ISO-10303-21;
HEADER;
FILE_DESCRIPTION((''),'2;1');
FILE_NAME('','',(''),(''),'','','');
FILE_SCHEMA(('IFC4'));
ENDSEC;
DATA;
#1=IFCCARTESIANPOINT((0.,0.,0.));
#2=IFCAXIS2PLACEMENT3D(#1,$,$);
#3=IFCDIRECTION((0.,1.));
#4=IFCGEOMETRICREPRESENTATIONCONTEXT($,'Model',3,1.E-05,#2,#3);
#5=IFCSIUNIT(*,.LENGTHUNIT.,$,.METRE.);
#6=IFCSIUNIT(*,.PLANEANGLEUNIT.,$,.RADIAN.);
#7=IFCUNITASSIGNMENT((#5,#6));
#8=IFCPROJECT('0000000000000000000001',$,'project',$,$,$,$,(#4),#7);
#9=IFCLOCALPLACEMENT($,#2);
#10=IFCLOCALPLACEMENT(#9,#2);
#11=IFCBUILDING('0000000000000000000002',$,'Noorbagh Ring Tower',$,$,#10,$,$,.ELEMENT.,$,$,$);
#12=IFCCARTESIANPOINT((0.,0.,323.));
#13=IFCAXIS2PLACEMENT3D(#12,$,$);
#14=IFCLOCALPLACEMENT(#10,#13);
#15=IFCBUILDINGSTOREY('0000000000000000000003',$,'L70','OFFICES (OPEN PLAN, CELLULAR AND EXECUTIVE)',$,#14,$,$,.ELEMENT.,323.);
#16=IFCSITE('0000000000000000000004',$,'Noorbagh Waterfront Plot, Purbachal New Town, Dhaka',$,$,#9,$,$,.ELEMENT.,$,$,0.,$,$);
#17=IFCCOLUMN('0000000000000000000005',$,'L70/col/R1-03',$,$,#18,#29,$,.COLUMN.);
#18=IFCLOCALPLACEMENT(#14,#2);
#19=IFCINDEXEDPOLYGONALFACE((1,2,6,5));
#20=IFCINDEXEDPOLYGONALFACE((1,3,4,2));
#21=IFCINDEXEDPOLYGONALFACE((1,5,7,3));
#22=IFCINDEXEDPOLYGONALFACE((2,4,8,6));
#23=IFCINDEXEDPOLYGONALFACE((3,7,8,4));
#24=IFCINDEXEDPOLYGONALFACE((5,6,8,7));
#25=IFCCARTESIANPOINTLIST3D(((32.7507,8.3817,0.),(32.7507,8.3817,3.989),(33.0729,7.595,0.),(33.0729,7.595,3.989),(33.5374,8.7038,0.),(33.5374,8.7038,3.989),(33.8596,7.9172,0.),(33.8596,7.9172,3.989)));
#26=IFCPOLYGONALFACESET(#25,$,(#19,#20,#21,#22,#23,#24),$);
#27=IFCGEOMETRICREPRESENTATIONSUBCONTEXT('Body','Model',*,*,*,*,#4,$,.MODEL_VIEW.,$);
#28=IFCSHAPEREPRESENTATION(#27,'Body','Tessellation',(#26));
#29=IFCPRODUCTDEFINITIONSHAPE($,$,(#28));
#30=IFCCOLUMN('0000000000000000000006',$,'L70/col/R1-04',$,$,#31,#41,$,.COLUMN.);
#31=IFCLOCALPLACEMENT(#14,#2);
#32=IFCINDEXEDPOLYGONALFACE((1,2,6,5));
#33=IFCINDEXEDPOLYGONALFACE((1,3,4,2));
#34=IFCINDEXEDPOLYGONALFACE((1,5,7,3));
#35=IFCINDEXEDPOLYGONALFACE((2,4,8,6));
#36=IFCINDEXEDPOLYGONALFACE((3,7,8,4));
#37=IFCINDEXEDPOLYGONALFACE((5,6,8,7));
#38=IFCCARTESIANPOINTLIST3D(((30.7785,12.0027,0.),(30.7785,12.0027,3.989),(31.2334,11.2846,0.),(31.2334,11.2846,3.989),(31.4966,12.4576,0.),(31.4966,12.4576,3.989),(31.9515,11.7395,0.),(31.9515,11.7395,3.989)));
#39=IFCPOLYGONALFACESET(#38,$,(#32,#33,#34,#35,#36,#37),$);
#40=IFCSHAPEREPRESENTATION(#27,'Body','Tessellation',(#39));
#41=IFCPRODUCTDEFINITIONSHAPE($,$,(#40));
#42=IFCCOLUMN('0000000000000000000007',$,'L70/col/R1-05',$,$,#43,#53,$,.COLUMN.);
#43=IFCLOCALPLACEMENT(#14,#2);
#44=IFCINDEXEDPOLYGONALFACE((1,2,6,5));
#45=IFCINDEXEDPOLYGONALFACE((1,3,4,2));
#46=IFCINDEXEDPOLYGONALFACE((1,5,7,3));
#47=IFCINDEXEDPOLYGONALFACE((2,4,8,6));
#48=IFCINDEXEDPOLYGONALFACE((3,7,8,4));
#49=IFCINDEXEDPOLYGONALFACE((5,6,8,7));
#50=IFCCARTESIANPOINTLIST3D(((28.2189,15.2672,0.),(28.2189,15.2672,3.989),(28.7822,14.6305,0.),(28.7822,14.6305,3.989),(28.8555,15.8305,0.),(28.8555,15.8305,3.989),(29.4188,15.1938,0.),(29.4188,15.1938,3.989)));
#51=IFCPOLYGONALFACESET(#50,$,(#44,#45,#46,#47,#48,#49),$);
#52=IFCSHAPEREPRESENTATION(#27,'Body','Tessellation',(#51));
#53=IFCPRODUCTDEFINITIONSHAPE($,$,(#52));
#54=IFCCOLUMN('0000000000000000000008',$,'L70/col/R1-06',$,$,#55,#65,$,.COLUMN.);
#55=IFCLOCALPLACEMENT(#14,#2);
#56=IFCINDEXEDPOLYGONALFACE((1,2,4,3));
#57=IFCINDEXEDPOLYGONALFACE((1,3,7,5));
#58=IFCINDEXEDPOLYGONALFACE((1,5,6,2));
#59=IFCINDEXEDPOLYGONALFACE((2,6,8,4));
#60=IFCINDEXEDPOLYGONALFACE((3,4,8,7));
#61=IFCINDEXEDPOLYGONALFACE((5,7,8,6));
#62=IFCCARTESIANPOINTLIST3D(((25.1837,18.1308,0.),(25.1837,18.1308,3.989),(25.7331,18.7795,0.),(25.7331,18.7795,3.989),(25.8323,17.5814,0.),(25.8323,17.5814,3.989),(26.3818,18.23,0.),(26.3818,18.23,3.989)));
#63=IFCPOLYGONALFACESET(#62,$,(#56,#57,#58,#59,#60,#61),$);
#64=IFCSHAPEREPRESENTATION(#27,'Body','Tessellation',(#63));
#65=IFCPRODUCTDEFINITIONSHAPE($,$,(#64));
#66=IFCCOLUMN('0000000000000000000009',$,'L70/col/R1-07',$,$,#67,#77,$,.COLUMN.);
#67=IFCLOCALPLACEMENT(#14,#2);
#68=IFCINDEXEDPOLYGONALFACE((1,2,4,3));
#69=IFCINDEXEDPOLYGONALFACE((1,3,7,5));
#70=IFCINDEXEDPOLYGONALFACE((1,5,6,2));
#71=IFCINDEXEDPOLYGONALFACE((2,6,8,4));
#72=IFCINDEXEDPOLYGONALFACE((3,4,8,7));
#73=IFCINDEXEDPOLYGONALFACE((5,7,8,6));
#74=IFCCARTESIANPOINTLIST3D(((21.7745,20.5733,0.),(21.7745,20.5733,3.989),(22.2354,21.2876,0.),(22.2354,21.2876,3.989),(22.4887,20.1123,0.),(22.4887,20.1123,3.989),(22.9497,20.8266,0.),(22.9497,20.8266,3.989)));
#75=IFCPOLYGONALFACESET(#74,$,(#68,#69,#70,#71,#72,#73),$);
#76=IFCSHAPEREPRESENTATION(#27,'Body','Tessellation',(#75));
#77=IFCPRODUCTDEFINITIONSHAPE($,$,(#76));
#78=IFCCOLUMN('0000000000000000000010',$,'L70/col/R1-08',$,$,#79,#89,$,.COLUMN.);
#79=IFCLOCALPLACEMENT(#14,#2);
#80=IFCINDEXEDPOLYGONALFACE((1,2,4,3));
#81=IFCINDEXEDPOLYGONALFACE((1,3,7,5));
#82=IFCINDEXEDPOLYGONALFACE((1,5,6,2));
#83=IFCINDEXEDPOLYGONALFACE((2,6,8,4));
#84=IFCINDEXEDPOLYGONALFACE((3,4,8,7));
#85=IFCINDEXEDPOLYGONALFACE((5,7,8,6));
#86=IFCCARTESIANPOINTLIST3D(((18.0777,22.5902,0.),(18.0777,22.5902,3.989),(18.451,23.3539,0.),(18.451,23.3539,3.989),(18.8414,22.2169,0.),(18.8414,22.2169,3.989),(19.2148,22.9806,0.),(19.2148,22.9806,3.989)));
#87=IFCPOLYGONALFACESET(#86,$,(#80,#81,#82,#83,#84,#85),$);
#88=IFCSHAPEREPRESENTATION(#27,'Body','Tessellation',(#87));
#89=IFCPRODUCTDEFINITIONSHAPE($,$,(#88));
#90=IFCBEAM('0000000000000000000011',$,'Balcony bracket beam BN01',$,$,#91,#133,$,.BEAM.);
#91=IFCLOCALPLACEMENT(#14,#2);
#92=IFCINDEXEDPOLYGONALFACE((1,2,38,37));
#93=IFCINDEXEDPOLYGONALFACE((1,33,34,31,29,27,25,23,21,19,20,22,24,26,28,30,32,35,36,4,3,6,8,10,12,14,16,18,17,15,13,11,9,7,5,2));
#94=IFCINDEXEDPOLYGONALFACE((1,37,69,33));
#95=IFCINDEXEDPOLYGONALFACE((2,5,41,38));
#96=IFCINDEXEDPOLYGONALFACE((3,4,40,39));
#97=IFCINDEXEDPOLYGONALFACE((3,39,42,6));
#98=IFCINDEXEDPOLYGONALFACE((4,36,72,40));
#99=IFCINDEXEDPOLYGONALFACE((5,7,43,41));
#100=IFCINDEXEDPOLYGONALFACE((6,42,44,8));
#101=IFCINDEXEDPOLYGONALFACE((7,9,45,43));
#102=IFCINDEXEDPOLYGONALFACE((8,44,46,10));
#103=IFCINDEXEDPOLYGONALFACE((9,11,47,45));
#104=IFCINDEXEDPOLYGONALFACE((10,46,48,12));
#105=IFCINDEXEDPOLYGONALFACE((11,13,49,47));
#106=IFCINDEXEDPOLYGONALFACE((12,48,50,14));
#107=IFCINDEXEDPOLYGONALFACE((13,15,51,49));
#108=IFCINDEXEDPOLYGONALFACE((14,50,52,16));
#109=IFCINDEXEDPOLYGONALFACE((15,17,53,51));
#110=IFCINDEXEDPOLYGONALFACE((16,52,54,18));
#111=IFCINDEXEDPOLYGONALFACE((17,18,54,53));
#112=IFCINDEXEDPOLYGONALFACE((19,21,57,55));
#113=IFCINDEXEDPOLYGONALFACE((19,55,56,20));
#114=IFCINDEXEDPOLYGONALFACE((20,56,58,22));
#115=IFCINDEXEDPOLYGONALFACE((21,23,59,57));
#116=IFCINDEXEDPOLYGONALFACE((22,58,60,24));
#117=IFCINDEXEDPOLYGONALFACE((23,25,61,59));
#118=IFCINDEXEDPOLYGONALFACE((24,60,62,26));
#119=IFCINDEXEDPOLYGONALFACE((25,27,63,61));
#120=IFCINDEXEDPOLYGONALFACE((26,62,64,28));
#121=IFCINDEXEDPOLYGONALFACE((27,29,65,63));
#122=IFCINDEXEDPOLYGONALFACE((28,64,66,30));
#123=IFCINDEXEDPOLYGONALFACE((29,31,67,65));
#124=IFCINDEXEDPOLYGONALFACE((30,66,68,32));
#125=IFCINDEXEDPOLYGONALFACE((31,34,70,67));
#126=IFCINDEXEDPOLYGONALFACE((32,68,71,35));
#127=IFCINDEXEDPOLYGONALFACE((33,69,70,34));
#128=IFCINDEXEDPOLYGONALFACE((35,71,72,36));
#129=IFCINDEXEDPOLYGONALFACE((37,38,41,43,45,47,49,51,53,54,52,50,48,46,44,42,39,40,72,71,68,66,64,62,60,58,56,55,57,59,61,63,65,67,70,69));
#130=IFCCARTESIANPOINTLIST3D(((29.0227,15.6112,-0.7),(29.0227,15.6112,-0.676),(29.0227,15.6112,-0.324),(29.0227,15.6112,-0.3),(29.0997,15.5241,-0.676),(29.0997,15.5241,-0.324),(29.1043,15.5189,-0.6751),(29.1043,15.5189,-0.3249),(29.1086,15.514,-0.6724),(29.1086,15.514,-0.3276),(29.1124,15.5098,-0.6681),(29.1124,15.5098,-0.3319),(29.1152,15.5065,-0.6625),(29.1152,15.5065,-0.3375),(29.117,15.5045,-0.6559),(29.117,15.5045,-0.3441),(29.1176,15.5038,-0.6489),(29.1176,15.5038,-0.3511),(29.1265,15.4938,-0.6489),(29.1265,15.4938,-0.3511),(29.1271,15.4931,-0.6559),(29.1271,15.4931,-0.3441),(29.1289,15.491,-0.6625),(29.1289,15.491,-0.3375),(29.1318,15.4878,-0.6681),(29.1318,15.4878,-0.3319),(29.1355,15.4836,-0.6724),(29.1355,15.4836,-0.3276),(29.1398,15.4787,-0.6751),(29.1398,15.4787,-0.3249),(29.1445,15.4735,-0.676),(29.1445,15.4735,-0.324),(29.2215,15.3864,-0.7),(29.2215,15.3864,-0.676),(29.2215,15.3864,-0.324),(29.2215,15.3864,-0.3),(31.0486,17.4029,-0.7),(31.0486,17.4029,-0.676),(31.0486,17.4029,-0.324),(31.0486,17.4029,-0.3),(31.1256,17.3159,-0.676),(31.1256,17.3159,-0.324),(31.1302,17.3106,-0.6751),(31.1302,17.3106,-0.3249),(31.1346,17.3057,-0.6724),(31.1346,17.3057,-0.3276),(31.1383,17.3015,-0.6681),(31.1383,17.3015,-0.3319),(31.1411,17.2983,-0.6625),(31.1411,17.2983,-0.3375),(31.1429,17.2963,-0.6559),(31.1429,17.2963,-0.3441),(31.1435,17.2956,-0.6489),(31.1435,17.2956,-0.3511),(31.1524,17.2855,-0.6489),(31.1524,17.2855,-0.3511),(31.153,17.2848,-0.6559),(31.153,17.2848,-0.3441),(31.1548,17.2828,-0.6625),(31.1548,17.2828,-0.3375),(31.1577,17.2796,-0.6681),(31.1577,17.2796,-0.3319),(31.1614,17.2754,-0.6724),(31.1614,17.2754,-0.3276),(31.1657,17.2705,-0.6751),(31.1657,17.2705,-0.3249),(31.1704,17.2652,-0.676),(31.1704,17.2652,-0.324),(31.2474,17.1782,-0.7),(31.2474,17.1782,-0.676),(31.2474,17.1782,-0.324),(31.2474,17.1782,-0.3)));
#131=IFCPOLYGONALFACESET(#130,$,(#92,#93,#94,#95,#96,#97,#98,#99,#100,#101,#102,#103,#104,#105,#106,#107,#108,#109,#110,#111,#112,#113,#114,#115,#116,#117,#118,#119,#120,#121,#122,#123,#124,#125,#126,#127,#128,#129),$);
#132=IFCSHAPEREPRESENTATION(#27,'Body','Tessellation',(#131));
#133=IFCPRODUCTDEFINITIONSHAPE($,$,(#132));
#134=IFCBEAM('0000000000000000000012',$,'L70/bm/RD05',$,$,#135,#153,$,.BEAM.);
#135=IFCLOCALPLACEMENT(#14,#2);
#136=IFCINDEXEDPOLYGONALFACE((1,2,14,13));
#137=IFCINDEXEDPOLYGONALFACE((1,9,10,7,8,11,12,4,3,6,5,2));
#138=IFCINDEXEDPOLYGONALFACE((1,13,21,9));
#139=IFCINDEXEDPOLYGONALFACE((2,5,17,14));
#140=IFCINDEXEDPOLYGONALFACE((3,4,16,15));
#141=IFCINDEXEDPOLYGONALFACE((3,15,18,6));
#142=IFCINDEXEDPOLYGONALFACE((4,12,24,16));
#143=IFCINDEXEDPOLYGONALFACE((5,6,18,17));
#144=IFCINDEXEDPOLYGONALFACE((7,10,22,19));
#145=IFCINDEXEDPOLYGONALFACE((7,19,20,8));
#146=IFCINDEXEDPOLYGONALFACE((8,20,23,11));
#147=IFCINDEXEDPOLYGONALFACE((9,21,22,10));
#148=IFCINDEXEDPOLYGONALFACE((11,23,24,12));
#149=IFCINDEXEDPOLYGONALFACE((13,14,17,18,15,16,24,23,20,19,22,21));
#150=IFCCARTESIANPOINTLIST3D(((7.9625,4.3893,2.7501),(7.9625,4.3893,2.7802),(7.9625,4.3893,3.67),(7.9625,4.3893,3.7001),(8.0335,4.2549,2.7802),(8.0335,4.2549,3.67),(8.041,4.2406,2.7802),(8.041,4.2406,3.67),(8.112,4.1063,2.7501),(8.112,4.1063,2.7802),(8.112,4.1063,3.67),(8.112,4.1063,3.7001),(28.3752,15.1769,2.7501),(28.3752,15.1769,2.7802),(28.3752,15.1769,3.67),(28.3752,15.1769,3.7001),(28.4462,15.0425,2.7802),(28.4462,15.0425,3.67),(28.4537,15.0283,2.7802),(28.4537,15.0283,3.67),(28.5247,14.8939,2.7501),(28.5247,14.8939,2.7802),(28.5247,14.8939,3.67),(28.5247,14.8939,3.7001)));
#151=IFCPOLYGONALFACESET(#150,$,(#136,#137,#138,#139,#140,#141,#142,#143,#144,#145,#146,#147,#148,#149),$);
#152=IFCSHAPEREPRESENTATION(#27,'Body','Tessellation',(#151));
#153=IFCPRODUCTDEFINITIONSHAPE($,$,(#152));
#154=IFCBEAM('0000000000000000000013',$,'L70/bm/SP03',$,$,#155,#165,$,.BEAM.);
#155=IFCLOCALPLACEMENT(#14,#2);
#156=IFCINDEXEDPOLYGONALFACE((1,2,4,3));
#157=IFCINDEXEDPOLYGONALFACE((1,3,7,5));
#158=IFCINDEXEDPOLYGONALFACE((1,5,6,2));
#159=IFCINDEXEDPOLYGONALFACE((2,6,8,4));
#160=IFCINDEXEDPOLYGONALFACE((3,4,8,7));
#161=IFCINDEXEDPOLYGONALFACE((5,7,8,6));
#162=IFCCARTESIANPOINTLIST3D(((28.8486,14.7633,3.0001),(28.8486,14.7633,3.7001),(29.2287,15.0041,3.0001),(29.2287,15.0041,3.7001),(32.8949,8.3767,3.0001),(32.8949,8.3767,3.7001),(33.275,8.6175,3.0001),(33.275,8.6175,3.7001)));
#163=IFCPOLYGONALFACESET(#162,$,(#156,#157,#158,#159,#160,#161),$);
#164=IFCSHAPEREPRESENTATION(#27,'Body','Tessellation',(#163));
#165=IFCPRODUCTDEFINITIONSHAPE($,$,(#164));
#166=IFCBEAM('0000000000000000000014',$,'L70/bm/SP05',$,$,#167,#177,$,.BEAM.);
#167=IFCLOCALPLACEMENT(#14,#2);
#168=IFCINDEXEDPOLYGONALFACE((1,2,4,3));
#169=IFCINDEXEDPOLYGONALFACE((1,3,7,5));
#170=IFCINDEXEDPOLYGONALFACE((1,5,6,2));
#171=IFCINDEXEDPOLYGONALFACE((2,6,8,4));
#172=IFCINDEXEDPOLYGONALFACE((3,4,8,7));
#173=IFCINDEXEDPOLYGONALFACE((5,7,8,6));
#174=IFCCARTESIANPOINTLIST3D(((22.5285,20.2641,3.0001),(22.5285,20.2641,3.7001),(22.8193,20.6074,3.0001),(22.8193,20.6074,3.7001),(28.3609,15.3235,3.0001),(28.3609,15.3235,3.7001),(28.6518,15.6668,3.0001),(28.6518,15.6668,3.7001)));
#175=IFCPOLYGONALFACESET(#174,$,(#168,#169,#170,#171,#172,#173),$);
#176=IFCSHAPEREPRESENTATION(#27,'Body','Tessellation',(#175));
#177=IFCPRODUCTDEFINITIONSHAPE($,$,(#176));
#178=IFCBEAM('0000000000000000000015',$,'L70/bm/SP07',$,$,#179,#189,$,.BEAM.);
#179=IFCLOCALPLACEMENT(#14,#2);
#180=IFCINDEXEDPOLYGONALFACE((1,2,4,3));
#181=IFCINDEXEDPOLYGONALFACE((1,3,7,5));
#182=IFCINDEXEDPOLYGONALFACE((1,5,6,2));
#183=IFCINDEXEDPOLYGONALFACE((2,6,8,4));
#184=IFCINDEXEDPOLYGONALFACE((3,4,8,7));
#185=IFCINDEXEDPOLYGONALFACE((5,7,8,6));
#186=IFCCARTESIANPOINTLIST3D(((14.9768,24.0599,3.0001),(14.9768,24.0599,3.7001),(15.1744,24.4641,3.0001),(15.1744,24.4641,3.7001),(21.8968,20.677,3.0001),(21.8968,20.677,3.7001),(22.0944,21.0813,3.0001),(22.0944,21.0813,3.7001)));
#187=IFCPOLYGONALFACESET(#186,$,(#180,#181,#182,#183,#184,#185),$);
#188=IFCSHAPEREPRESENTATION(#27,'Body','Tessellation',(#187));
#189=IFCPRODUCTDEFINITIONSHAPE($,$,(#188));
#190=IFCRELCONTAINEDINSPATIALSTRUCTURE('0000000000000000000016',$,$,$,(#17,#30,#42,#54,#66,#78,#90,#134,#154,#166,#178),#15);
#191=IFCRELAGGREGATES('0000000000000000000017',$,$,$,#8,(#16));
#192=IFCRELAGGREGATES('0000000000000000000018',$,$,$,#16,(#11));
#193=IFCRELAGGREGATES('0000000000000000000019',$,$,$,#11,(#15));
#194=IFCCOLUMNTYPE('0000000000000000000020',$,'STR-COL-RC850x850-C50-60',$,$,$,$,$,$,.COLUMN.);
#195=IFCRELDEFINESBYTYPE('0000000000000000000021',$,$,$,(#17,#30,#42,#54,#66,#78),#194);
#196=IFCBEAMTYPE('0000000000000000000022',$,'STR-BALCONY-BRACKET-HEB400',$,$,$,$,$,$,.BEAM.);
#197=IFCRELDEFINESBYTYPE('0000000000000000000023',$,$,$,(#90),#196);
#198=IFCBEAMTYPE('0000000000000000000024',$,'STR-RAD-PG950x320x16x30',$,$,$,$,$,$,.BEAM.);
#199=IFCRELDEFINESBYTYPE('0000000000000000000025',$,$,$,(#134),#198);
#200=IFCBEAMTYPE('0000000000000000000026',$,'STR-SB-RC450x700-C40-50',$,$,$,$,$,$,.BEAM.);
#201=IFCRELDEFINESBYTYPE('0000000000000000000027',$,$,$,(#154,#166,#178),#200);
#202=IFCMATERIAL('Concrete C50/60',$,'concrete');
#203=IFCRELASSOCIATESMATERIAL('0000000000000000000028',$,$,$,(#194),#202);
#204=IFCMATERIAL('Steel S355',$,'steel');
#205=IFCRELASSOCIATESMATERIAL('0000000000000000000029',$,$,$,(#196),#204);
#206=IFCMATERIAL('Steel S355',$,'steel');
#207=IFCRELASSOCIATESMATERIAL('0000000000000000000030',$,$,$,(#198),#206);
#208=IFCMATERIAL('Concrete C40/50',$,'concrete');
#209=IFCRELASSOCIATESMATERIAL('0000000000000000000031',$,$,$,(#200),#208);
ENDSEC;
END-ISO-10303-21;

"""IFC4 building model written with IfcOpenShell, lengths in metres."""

from ifc_helpers import new_model, si_unit, direction, frame, origin, origin_2d, place, context, subcontext, project, spatial, rectangle, i_section, extrude, material, material_profile, profile_set, type_object, element, save


model = new_model("IFC4")

# Units and contexts
model_context = context("Model", 3, precision=1e-05, world=origin(), true_north=direction((0.0, 1.0)))
body_context = subcontext(model_context, "Body", "Model", "MODEL_VIEW")
ifc_project = project(units=[si_unit("LENGTHUNIT", "METRE"), si_unit("PLANEANGLEUNIT", "RADIAN")], contexts=[model_context])

# Site, building, storey
site_placement = place(None, origin())
site = spatial("IfcSite", under=ifc_project, at=site_placement, Name="Noorbagh Waterfront Plot, Purbachal New Town, Dhaka", CompositionType="ELEMENT", RefElevation=0.0)
building_placement = place(site_placement, origin())
building = spatial("IfcBuilding", under=site, at=building_placement, Name="Noorbagh Ring Tower", CompositionType="ELEMENT")
storey_placement = place(building_placement, frame((0.0, 0.0, 323.0)))
storey = spatial("IfcBuildingStorey", under=building, at=storey_placement, Name="L70", Description="OFFICES (OPEN PLAN, CELLULAR AND EXECUTIVE)", CompositionType="ELEMENT", Elevation=323.0)

# Columns
ifc_material_1 = material(Name="Concrete C50/60", Category="concrete")
ifc_material_profile_1 = material_profile(ifc_material_1, rectangle(XDim=0.8501, YDim=0.8501, at=origin_2d()), Name="RC850x850")
ifc_profile_set_1 = profile_set([ifc_material_profile_1], Name="Concrete C50/60")
column_type = type_object("IfcColumnType", Name="STR-COL-RC850x850-C50-60", PredefinedType="COLUMN", material=ifc_profile_set_1)
for number, where, z_axis, x_axis, name in (
    (1, (33.3052, 8.1494, 0.0), (0.0, 0.0, 1.0), (-0.378989, 0.925401, 0.0), "L70/col/R1-03"),
    (2, (31.365, 11.8711, 0.0), (0.0, 0.0, 1.0), (-0.53519, 0.844731, 0.0), "L70/col/R1-04"),
    (3, (28.8188, 15.2305, 0.0), (0.0, 0.0, 1.0), (-0.662636, 0.748942, 0.0), "L70/col/R1-05"),
    (4, (25.7827, 18.1804, 0.0), (0.0, 0.0, 1.0), (-0.763035, 0.646357, 0.0), "L70/col/R1-06"),
    (5, (22.3621, 20.7, 0.0), (0.0, 0.0, 1.0), (-0.840248, 0.542203, 0.0), "L70/col/R1-07"),
    (6, (18.6462, 22.7854, 0.0), (0.0, 0.0, 1.0), (-0.898399, 0.43918, 0.0), "L70/col/R1-08"),
):
    element("IfcColumn", number, at=place(storey_placement, frame(where, z_axis=z_axis, x_axis=x_axis)), inside=storey, type_object=column_type, Name=name, PredefinedType="COLUMN", context=body_context, shape_type="SweptSolid", body=[
        extrude(rectangle(XDim=0.8501, YDim=0.8501, at=origin_2d()), origin(), (0.0, 0.0, 1.0), 3.989),
    ])

# Beams
ifc_material_2 = material(Name="Steel S355", Category="steel")
ifc_material_profile_2 = material_profile(ifc_material_2, i_section(OverallWidth=0.3, OverallDepth=0.3999, WebThickness=0.0134, FlangeThickness=0.0239, FilletRadius=0.0271, at=origin_2d()), Name="HEB400")
ifc_profile_set_2 = profile_set([ifc_material_profile_2], Name="Steel S355")
beam_type_1 = type_object("IfcBeamType", Name="STR-BALCONY-BRACKET-HEB400", PredefinedType="BEAM", material=ifc_profile_set_2)
beam_1_placement = place(storey_placement, frame((29.1221, 15.4988, -0.5), z_axis=(0.749065, 0.662496, 0.0), x_axis=(-0.662496, 0.749065, 0.0)))
element("IfcBeam", 7, at=beam_1_placement, inside=storey, type_object=beam_type_1, Name="Balcony bracket beam BN01", PredefinedType="BEAM", context=body_context, shape_type="SweptSolid", body=[
    extrude(i_section(OverallWidth=0.3, OverallDepth=0.3999, WebThickness=0.0134, FlangeThickness=0.0239, FilletRadius=0.0271, at=origin_2d()), origin(), (0.0, 0.0, 1.0), 2.7046),
])
ifc_material_3 = material(Name="Steel S355", Category="steel")
ifc_material_profile_3 = material_profile(ifc_material_3, i_section(OverallWidth=0.3201, OverallDepth=0.95, WebThickness=0.0161, FlangeThickness=0.03, at=origin_2d()), Name="PG950x320x16x30")
ifc_profile_set_3 = profile_set([ifc_material_profile_3], Name="Steel S355")
beam_type_2 = type_object("IfcBeamType", Name="STR-RAD-PG950x320x16x30", PredefinedType="BEAM", material=ifc_profile_set_3)
beam_2_placement = place(storey_placement, frame((28.45, 15.0354, 3.2251), z_axis=(-0.884129, -0.467242, 0.0), x_axis=(0.467242, -0.884129, 0.0)))
element("IfcBeam", 8, at=beam_2_placement, inside=storey, type_object=beam_type_2, Name="L70/bm/RD05", PredefinedType="BEAM", context=body_context, shape_type="SweptSolid", body=[
    extrude(i_section(OverallWidth=0.3201, OverallDepth=0.95, WebThickness=0.0161, FlangeThickness=0.03, at=origin_2d()), origin(), (0.0, 0.0, 1.0), 23.0879),
])
ifc_material_4 = material(Name="Concrete C40/50", Category="concrete")
ifc_material_profile_4 = material_profile(ifc_material_4, rectangle(XDim=0.45, YDim=0.7, at=origin_2d()), Name="RC450x700")
ifc_profile_set_4 = profile_set([ifc_material_profile_4], Name="Concrete C40/50")
beam_type_3 = type_object("IfcBeamType", Name="STR-SB-RC450x700-C40-50", PredefinedType="BEAM", material=ifc_profile_set_4)
beam_3_placement = place(storey_placement, frame((33.085, 8.4971, 3.3501), z_axis=(-0.53519, 0.844731, 0.0), x_axis=(-0.844731, -0.53519, 0.0)))
element("IfcBeam", 9, at=beam_3_placement, inside=storey, type_object=beam_type_3, Name="L70/bm/SP03", PredefinedType="BEAM", context=body_context, shape_type="SweptSolid", body=[
    extrude(rectangle(XDim=0.45, YDim=0.7, at=origin_2d()), origin(), (0.0, 0.0, 1.0), 7.5605),
])
beam_4_placement = place(storey_placement, frame((28.5063, 15.4951, 3.3501), z_axis=(-0.763034, 0.646359, 0.0), x_axis=(-0.646359, -0.763034, 0.0)))
element("IfcBeam", 10, at=beam_4_placement, inside=storey, type_object=beam_type_3, Name="L70/bm/SP05", PredefinedType="BEAM", context=body_context, shape_type="SweptSolid", body=[
    extrude(rectangle(XDim=0.45, YDim=0.7, at=origin_2d()), origin(), (0.0, 0.0, 1.0), 7.6438),
])
beam_5_placement = place(storey_placement, frame((21.9956, 20.8792, 3.3501), z_axis=(-0.898398, 0.439183, 0.0), x_axis=(-0.439183, -0.898398, 0.0)))
element("IfcBeam", 11, at=beam_5_placement, inside=storey, type_object=beam_type_3, Name="L70/bm/SP07", PredefinedType="BEAM", context=body_context, shape_type="SweptSolid", body=[
    extrude(rectangle(XDim=0.45, YDim=0.7, at=origin_2d()), origin(), (0.0, 0.0, 1.0), 7.7026),
])

save(model, "model.ifc")
